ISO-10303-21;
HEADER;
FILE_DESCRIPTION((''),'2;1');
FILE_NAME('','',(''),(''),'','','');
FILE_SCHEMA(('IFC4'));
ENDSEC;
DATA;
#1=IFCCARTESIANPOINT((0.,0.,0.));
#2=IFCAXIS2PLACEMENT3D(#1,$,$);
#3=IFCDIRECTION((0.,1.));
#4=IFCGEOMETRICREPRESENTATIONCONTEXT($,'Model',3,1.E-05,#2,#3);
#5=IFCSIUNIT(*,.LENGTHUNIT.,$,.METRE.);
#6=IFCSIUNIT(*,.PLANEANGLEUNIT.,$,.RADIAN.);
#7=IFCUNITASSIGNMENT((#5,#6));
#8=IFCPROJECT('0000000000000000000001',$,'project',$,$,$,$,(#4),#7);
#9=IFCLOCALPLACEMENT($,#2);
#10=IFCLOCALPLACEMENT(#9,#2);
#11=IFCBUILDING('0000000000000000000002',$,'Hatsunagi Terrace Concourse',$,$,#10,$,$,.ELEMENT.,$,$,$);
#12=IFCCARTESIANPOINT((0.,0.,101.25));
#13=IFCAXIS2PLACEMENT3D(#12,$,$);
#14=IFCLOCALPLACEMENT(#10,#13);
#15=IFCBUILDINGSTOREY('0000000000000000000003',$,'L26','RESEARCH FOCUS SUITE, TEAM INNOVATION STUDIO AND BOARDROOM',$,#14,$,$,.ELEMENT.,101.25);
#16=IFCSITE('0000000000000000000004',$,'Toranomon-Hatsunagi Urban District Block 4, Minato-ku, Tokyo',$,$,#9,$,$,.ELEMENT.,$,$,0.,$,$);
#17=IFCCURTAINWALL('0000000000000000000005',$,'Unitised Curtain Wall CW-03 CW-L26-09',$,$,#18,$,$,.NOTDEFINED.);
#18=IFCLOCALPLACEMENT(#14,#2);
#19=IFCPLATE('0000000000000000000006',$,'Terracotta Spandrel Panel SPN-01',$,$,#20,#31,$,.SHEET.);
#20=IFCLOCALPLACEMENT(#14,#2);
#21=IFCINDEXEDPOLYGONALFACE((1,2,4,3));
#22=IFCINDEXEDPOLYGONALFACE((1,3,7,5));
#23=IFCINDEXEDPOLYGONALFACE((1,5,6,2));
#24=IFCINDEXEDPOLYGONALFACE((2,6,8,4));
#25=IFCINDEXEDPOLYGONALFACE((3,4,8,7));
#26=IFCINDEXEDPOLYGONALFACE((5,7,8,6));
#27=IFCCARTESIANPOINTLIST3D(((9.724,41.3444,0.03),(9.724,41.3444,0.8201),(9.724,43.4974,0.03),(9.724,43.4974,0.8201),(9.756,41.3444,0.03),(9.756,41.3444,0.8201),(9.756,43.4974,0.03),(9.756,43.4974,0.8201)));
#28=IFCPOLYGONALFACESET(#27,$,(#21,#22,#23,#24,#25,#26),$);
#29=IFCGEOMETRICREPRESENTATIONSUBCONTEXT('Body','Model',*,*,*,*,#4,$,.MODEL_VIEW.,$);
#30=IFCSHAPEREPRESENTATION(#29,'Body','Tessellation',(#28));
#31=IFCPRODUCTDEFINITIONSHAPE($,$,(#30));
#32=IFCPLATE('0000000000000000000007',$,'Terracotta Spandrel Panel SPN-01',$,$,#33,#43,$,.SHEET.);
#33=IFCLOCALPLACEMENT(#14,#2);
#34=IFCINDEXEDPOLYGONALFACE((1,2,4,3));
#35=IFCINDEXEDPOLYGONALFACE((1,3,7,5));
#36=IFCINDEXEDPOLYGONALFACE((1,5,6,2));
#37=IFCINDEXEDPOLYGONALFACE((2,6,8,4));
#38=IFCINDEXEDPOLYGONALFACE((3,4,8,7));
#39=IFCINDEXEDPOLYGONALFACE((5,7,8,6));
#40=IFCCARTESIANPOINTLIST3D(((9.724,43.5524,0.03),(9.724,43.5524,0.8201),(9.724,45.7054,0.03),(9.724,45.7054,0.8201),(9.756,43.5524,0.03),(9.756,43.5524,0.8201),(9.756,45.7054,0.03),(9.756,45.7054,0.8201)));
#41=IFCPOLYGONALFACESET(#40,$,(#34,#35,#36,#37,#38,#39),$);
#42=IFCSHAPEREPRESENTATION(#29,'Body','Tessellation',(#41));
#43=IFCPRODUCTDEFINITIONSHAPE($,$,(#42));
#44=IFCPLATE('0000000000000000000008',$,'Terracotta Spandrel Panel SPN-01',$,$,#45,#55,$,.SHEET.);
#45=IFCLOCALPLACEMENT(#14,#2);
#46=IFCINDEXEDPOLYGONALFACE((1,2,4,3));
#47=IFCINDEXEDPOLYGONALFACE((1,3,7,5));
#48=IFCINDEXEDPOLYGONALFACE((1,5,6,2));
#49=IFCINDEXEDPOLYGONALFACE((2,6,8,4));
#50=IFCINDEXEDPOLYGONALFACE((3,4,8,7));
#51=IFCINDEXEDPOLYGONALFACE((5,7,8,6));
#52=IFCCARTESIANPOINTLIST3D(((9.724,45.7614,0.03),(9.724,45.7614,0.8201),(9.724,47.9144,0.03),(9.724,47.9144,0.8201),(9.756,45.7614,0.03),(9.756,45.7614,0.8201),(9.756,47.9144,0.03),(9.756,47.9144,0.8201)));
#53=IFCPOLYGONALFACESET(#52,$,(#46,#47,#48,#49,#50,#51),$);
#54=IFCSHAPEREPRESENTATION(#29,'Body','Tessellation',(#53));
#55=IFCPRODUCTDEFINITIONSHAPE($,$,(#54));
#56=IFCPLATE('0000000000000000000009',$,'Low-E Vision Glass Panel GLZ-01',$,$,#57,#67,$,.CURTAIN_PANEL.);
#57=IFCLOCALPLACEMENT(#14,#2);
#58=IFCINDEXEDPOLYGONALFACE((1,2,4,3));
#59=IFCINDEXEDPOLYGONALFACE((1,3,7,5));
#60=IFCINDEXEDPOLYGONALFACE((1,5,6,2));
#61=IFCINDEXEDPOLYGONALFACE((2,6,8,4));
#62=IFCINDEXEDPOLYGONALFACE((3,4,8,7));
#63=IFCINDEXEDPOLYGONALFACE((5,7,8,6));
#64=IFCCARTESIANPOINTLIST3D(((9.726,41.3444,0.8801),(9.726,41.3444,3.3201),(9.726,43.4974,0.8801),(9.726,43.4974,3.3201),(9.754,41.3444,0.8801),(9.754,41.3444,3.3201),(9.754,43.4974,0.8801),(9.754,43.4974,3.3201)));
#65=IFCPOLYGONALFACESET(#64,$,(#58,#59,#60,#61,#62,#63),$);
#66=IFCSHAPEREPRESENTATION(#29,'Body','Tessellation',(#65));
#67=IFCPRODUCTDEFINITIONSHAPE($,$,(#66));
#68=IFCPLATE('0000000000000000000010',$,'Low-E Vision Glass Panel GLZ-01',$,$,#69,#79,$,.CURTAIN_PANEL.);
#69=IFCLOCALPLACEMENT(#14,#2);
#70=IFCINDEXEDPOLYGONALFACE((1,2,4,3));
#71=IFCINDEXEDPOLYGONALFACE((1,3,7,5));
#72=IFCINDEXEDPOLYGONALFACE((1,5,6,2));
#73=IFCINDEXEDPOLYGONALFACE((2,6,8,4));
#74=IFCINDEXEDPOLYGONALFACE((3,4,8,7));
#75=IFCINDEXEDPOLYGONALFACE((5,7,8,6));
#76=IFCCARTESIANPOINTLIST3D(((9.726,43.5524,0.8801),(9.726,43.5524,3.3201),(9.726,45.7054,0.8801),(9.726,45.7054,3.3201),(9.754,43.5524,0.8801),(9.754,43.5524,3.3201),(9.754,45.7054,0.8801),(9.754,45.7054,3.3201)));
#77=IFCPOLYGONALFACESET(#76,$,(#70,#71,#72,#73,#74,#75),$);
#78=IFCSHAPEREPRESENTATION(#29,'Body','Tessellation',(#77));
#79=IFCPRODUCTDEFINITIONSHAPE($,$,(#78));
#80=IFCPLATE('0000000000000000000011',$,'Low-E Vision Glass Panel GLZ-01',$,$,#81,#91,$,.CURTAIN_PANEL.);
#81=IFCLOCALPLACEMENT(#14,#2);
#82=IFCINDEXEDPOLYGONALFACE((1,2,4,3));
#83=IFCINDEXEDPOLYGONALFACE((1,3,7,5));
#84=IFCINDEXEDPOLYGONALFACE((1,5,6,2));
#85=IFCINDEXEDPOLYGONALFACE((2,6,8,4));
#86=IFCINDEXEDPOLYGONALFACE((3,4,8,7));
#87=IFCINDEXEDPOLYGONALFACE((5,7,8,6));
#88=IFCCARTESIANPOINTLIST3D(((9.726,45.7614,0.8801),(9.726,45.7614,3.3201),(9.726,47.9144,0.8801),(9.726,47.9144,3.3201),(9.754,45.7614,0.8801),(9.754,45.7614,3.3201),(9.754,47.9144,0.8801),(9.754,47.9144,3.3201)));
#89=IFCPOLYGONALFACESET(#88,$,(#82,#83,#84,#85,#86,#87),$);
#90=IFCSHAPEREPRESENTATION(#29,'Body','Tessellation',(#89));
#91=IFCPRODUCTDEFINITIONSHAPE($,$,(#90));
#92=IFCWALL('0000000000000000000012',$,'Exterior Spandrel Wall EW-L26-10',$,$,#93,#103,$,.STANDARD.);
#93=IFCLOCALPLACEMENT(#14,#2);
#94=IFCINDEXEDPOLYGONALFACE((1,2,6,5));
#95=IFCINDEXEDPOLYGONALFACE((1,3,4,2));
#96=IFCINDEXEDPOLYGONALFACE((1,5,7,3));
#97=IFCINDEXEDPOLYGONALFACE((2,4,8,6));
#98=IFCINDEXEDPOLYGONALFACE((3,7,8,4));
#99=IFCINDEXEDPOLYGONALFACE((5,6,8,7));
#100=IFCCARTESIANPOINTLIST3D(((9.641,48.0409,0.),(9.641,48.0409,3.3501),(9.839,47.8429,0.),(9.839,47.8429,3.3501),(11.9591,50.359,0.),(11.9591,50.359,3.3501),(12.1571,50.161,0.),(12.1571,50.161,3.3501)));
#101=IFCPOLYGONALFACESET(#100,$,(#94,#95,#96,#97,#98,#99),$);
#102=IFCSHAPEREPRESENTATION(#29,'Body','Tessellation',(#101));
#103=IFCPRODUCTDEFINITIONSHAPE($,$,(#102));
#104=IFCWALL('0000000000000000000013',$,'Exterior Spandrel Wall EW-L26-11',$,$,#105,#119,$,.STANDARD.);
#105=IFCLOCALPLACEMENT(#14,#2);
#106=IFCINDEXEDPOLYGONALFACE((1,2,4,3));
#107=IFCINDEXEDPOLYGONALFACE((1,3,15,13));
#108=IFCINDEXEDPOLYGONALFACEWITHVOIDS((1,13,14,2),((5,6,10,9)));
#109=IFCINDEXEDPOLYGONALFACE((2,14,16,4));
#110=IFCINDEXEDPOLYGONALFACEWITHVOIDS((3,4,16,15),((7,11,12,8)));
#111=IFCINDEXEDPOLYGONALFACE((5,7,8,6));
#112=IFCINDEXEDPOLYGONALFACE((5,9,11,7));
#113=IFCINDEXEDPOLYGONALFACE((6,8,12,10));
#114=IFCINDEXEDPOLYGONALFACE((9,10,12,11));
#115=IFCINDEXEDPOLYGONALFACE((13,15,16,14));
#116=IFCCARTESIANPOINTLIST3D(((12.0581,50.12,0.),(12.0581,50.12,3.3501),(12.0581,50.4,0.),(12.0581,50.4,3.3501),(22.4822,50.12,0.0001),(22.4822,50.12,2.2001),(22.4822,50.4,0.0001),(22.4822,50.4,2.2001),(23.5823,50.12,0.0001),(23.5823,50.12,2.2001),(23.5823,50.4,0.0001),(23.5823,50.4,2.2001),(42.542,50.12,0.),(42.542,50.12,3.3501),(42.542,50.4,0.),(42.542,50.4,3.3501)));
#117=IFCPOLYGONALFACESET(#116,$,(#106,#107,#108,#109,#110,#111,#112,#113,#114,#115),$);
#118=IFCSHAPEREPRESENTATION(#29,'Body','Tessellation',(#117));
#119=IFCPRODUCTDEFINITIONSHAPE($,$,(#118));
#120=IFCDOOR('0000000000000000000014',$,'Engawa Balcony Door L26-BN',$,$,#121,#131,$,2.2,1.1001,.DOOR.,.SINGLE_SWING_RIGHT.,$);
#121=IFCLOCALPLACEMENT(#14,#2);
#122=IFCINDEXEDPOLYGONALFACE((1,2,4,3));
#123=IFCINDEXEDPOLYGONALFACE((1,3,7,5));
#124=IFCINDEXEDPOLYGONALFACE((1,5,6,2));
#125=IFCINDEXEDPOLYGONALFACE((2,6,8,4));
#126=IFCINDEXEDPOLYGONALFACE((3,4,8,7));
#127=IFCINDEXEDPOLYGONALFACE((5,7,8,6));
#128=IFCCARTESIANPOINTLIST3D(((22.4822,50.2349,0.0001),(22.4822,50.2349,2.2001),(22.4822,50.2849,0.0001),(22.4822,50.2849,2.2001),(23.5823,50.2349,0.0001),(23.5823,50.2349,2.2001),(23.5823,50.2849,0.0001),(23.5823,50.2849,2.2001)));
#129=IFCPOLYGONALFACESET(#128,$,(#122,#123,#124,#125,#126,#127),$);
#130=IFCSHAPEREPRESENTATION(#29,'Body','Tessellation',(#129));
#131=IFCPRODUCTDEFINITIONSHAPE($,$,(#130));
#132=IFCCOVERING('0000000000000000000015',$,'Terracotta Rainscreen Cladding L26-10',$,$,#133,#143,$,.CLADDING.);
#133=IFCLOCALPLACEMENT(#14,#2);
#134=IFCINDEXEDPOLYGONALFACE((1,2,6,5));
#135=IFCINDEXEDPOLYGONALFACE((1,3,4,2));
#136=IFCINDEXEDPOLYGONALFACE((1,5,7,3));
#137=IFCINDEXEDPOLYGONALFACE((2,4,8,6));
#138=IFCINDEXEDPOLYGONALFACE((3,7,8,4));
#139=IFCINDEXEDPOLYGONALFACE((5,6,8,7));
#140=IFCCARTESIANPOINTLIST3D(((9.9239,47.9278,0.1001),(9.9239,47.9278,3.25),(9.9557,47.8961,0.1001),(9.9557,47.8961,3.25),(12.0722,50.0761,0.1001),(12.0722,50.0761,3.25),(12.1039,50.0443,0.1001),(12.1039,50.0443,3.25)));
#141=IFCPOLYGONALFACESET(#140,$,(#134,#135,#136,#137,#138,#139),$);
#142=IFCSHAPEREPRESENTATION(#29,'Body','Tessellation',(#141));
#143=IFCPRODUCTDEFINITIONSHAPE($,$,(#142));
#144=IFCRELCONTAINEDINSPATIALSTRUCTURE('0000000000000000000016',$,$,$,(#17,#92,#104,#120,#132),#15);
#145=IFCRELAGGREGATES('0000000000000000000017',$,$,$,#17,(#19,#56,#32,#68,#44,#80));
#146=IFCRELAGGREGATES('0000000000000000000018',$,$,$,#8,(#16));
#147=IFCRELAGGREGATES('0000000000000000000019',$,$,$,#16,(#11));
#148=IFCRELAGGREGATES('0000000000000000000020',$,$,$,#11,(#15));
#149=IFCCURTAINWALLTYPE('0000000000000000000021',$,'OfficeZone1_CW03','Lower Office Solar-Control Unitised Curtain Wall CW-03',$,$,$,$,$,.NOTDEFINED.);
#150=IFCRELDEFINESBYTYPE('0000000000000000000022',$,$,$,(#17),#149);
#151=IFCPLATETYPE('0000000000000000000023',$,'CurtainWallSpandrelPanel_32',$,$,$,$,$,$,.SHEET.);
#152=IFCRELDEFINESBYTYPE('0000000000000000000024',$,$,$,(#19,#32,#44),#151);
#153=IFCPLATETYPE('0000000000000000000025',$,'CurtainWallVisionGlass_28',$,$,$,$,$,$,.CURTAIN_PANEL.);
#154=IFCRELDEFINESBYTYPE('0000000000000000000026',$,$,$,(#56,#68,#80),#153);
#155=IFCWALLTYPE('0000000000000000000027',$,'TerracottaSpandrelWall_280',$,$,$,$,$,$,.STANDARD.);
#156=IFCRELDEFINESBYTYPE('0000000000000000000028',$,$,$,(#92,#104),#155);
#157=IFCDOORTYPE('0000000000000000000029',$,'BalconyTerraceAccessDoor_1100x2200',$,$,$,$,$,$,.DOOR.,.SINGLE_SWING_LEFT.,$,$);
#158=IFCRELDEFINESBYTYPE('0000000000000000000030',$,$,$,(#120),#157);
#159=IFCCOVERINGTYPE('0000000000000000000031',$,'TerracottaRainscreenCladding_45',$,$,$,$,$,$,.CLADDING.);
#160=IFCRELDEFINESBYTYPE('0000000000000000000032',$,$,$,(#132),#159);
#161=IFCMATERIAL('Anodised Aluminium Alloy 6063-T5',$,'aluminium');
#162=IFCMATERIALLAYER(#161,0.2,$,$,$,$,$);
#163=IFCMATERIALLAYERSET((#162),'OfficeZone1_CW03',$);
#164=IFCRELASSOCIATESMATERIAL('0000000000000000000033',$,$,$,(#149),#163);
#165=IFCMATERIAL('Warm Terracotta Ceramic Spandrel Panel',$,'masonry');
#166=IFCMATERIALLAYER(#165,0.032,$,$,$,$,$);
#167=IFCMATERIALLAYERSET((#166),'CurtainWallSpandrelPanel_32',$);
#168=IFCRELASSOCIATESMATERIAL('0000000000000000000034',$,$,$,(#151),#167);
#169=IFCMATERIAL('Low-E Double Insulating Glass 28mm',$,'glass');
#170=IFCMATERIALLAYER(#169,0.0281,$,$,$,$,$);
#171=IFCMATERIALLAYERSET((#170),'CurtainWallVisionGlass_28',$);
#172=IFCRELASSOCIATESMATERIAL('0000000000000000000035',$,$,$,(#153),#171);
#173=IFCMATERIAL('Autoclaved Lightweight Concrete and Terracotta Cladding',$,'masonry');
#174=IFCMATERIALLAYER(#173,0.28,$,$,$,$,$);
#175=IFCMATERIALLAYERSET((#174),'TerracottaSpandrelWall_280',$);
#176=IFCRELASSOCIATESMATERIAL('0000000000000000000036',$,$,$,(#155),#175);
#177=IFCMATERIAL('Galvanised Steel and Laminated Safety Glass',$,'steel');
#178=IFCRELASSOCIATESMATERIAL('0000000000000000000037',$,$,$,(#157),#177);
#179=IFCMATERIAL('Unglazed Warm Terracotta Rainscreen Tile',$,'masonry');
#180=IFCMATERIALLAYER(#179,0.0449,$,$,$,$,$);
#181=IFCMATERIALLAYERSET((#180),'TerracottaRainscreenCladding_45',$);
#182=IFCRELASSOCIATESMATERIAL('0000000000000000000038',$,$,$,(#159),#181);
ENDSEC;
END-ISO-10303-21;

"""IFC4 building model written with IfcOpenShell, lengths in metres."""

from ifc_helpers import new_model, si_unit, direction, frame, frame_2d, origin, origin_2d, place, context, subcontext, project, spatial, rectangle, extrude, material, layer, layer_set, type_object, element, fill, aggregate, save


model = new_model("IFC4")

# Units and contexts
model_context = context("Model", 3, precision=1e-05, world=origin(), true_north=direction((0.0, 1.0)))
body_context = subcontext(model_context, "Body", "Model", "MODEL_VIEW")
ifc_project = project(units=[si_unit("LENGTHUNIT", "METRE"), si_unit("PLANEANGLEUNIT", "RADIAN")], contexts=[model_context])

# Site, building, storey
site_placement = place(None, origin())
site = spatial("IfcSite", under=ifc_project, at=site_placement, Name="Toranomon-Hatsunagi Urban District Block 4, Minato-ku, Tokyo", CompositionType="ELEMENT", RefElevation=0.0)
building_placement = place(site_placement, origin())
building = spatial("IfcBuilding", under=site, at=building_placement, Name="Hatsunagi Terrace Concourse", CompositionType="ELEMENT")
storey_placement = place(building_placement, frame((0.0, 0.0, 101.25)))
storey = spatial("IfcBuildingStorey", under=building, at=storey_placement, Name="L26", Description="RESEARCH FOCUS SUITE, TEAM INNOVATION STUDIO AND BOARDROOM", CompositionType="ELEMENT", Elevation=101.25)

# Curtain wall
ifc_material_1 = material(Name="Anodised Aluminium Alloy 6063-T5", Category="aluminium")
ifc_layer_1 = layer(ifc_material_1, 0.2)
ifc_layer_set_1 = layer_set([ifc_layer_1], Name="OfficeZone1_CW03")
curtain_wall_type = type_object("IfcCurtainWallType", Name="OfficeZone1_CW03", Description="Lower Office Solar-Control Unitised Curtain Wall CW-03", PredefinedType="NOTDEFINED", material=ifc_layer_set_1)
curtain_wall_placement = place(storey_placement, origin())
curtain_wall = element("IfcCurtainWall", 1, at=curtain_wall_placement, inside=storey, type_object=curtain_wall_type, Name="Unitised Curtain Wall CW-03 CW-L26-09", PredefinedType="NOTDEFINED")

# Plates
ifc_material_2 = material(Name="Warm Terracotta Ceramic Spandrel Panel", Category="masonry")
ifc_layer_2 = layer(ifc_material_2, 0.032)
ifc_layer_set_2 = layer_set([ifc_layer_2], Name="CurtainWallSpandrelPanel_32")
plate_type_1 = type_object("IfcPlateType", Name="CurtainWallSpandrelPanel_32", PredefinedType="SHEET", material=ifc_layer_set_2)
plate_1_placement = place(storey_placement, frame((9.74, 42.4209, 0.03), z_axis=(0.0, 0.0, 1.0), x_axis=(0.0, 1.0, 0.0)))
plate_1 = element("IfcPlate", 2, at=plate_1_placement, type_object=plate_type_1, Name="Terracotta Spandrel Panel SPN-01", PredefinedType="SHEET", context=body_context, shape_type="SweptSolid", body=[
    extrude(rectangle(XDim=2.1531, YDim=0.032, at=origin_2d()), origin(), (0.0, 0.0, 1.0), 0.79),
])
plate_2_placement = place(storey_placement, frame((9.74, 44.6289, 0.03), z_axis=(0.0, 0.0, 1.0), x_axis=(0.0, 1.0, 0.0)))
plate_2 = element("IfcPlate", 3, at=plate_2_placement, type_object=plate_type_1, Name="Terracotta Spandrel Panel SPN-01", PredefinedType="SHEET", context=body_context, shape_type="SweptSolid", body=[
    extrude(rectangle(XDim=2.1531, YDim=0.032, at=origin_2d()), origin(), (0.0, 0.0, 1.0), 0.79),
])
plate_3_placement = place(storey_placement, frame((9.74, 46.8379, 0.03), z_axis=(0.0, 0.0, 1.0), x_axis=(0.0, 1.0, 0.0)))
plate_3 = element("IfcPlate", 4, at=plate_3_placement, type_object=plate_type_1, Name="Terracotta Spandrel Panel SPN-01", PredefinedType="SHEET", context=body_context, shape_type="SweptSolid", body=[
    extrude(rectangle(XDim=2.1531, YDim=0.032, at=origin_2d()), origin(), (0.0, 0.0, 1.0), 0.79),
])
ifc_material_3 = material(Name="Low-E Double Insulating Glass 28mm", Category="glass")
ifc_layer_3 = layer(ifc_material_3, 0.0281)
ifc_layer_set_3 = layer_set([ifc_layer_3], Name="CurtainWallVisionGlass_28")
plate_type_2 = type_object("IfcPlateType", Name="CurtainWallVisionGlass_28", PredefinedType="CURTAIN_PANEL", material=ifc_layer_set_3)
plate_4_placement = place(storey_placement, frame((9.74, 42.4209, 0.8801), z_axis=(0.0, 0.0, 1.0), x_axis=(0.0, 1.0, 0.0)))
plate_4 = element("IfcPlate", 5, at=plate_4_placement, type_object=plate_type_2, Name="Low-E Vision Glass Panel GLZ-01", PredefinedType="CURTAIN_PANEL", context=body_context, shape_type="SweptSolid", body=[
    extrude(rectangle(XDim=2.1531, YDim=0.0281, at=origin_2d()), origin(), (0.0, 0.0, 1.0), 2.4399),
])
plate_5_placement = place(storey_placement, frame((9.74, 44.6289, 0.8801), z_axis=(0.0, 0.0, 1.0), x_axis=(0.0, 1.0, 0.0)))
plate_5 = element("IfcPlate", 6, at=plate_5_placement, type_object=plate_type_2, Name="Low-E Vision Glass Panel GLZ-01", PredefinedType="CURTAIN_PANEL", context=body_context, shape_type="SweptSolid", body=[
    extrude(rectangle(XDim=2.1531, YDim=0.0281, at=origin_2d()), origin(), (0.0, 0.0, 1.0), 2.4399),
])
plate_6_placement = place(storey_placement, frame((9.74, 46.8379, 0.8801), z_axis=(0.0, 0.0, 1.0), x_axis=(0.0, 1.0, 0.0)))
plate_6 = element("IfcPlate", 7, at=plate_6_placement, type_object=plate_type_2, Name="Low-E Vision Glass Panel GLZ-01", PredefinedType="CURTAIN_PANEL", context=body_context, shape_type="SweptSolid", body=[
    extrude(rectangle(XDim=2.1531, YDim=0.0281, at=origin_2d()), origin(), (0.0, 0.0, 1.0), 2.4399),
])
aggregate(curtain_wall, [plate_1, plate_4, plate_2, plate_5, plate_3, plate_6])

# Wall
ifc_material_4 = material(Name="Autoclaved Lightweight Concrete and Terracotta Cladding", Category="masonry")
ifc_layer_4 = layer(ifc_material_4, 0.28)
ifc_layer_set_4 = layer_set([ifc_layer_4], Name="TerracottaSpandrelWall_280")
wall_type = type_object("IfcWallType", Name="TerracottaSpandrelWall_280", PredefinedType="STANDARD", material=ifc_layer_set_4)
wall_1_placement = place(storey_placement, frame((9.74, 47.9419, 0.0), z_axis=(0.0, 0.0, 1.0), x_axis=(0.707107, 0.707107, 0.0)))
element("IfcWall", 8, at=wall_1_placement, inside=storey, type_object=wall_type, Name="Exterior Spandrel Wall EW-L26-10", PredefinedType="STANDARD", context=body_context, shape_type="SweptSolid", body=[
    extrude(rectangle(XDim=3.2783, YDim=0.28, at=frame_2d((1.6392, 0.0))), origin(), (0.0, 0.0, 1.0), 3.3501),
])

# Wall, opening, door
wall_2_placement = place(storey_placement, frame((12.0581, 50.26, 0.0), z_axis=(0.0, 0.0, 1.0), x_axis=(1.0, 0.0, 0.0)))
wall_2 = element("IfcWall", 9, at=wall_2_placement, inside=storey, type_object=wall_type, Name="Exterior Spandrel Wall EW-L26-11", PredefinedType="STANDARD", context=body_context, shape_type="SweptSolid", body=[
    extrude(rectangle(XDim=30.4839, YDim=0.28, at=frame_2d((15.2419, 0.0))), origin(), (0.0, 0.0, 1.0), 3.3501),
])
opening_placement = place(wall_2_placement, frame((10.4241, 0.0, 0.0)))
opening = element("IfcOpeningElement", 10, at=opening_placement, cuts=wall_2, PredefinedType="OPENING", context=body_context, shape_type="SweptSolid", body=[
    extrude(rectangle(XDim=1.1001, YDim=2.2, at=frame_2d((0.55, 1.1001))), frame((0.0, 0.1499, 0.0), z_axis=(0.0, -1.0, 0.0), x_axis=(1.0, 0.0, 0.0)), (0.0, 0.0, 1.0), 0.3),
])
ifc_material_5 = material(Name="Galvanised Steel and Laminated Safety Glass", Category="steel")
door_type = type_object("IfcDoorType", Name="BalconyTerraceAccessDoor_1100x2200", OperationType="SINGLE_SWING_LEFT", PredefinedType="DOOR", material=ifc_material_5)
door_placement = place(opening_placement, origin())
door = element("IfcDoor", 11, at=door_placement, inside=storey, type_object=door_type, Name="Engawa Balcony Door L26-BN", OperationType="SINGLE_SWING_RIGHT", OverallHeight=2.2, OverallWidth=1.1001, PredefinedType="DOOR", context=body_context, shape_type="SweptSolid", body=[
    extrude(rectangle(XDim=1.1001, YDim=2.2, at=frame_2d((0.55, 1.1001))), frame((0.0, 0.0249, 0.0), z_axis=(0.0, -1.0, 0.0), x_axis=(1.0, 0.0, 0.0)), (0.0, 0.0, 1.0), 0.05),
])
fill(opening, door)

# Covering
ifc_material_6 = material(Name="Unglazed Warm Terracotta Rainscreen Tile", Category="masonry")
ifc_layer_5 = layer(ifc_material_6, 0.0449)
ifc_layer_set_5 = layer_set([ifc_layer_5], Name="TerracottaRainscreenCladding_45")
covering_type = type_object("IfcCoveringType", Name="TerracottaRainscreenCladding_45", PredefinedType="CLADDING", material=ifc_layer_set_5)
covering_placement = place(storey_placement, frame((11.0139, 48.9861, 0.1001), z_axis=(0.0, 0.0, 1.0), x_axis=(0.707107, 0.707107, 0.0)))
element("IfcCovering", 12, at=covering_placement, inside=storey, type_object=covering_type, Name="Terracotta Rainscreen Cladding L26-10", PredefinedType="CLADDING", context=body_context, shape_type="SweptSolid", body=[
    extrude(rectangle(XDim=3.0381, YDim=0.0449, at=origin_2d()), origin(), (0.0, 0.0, 1.0), 3.1499),
])

save(model, "model.ifc")
